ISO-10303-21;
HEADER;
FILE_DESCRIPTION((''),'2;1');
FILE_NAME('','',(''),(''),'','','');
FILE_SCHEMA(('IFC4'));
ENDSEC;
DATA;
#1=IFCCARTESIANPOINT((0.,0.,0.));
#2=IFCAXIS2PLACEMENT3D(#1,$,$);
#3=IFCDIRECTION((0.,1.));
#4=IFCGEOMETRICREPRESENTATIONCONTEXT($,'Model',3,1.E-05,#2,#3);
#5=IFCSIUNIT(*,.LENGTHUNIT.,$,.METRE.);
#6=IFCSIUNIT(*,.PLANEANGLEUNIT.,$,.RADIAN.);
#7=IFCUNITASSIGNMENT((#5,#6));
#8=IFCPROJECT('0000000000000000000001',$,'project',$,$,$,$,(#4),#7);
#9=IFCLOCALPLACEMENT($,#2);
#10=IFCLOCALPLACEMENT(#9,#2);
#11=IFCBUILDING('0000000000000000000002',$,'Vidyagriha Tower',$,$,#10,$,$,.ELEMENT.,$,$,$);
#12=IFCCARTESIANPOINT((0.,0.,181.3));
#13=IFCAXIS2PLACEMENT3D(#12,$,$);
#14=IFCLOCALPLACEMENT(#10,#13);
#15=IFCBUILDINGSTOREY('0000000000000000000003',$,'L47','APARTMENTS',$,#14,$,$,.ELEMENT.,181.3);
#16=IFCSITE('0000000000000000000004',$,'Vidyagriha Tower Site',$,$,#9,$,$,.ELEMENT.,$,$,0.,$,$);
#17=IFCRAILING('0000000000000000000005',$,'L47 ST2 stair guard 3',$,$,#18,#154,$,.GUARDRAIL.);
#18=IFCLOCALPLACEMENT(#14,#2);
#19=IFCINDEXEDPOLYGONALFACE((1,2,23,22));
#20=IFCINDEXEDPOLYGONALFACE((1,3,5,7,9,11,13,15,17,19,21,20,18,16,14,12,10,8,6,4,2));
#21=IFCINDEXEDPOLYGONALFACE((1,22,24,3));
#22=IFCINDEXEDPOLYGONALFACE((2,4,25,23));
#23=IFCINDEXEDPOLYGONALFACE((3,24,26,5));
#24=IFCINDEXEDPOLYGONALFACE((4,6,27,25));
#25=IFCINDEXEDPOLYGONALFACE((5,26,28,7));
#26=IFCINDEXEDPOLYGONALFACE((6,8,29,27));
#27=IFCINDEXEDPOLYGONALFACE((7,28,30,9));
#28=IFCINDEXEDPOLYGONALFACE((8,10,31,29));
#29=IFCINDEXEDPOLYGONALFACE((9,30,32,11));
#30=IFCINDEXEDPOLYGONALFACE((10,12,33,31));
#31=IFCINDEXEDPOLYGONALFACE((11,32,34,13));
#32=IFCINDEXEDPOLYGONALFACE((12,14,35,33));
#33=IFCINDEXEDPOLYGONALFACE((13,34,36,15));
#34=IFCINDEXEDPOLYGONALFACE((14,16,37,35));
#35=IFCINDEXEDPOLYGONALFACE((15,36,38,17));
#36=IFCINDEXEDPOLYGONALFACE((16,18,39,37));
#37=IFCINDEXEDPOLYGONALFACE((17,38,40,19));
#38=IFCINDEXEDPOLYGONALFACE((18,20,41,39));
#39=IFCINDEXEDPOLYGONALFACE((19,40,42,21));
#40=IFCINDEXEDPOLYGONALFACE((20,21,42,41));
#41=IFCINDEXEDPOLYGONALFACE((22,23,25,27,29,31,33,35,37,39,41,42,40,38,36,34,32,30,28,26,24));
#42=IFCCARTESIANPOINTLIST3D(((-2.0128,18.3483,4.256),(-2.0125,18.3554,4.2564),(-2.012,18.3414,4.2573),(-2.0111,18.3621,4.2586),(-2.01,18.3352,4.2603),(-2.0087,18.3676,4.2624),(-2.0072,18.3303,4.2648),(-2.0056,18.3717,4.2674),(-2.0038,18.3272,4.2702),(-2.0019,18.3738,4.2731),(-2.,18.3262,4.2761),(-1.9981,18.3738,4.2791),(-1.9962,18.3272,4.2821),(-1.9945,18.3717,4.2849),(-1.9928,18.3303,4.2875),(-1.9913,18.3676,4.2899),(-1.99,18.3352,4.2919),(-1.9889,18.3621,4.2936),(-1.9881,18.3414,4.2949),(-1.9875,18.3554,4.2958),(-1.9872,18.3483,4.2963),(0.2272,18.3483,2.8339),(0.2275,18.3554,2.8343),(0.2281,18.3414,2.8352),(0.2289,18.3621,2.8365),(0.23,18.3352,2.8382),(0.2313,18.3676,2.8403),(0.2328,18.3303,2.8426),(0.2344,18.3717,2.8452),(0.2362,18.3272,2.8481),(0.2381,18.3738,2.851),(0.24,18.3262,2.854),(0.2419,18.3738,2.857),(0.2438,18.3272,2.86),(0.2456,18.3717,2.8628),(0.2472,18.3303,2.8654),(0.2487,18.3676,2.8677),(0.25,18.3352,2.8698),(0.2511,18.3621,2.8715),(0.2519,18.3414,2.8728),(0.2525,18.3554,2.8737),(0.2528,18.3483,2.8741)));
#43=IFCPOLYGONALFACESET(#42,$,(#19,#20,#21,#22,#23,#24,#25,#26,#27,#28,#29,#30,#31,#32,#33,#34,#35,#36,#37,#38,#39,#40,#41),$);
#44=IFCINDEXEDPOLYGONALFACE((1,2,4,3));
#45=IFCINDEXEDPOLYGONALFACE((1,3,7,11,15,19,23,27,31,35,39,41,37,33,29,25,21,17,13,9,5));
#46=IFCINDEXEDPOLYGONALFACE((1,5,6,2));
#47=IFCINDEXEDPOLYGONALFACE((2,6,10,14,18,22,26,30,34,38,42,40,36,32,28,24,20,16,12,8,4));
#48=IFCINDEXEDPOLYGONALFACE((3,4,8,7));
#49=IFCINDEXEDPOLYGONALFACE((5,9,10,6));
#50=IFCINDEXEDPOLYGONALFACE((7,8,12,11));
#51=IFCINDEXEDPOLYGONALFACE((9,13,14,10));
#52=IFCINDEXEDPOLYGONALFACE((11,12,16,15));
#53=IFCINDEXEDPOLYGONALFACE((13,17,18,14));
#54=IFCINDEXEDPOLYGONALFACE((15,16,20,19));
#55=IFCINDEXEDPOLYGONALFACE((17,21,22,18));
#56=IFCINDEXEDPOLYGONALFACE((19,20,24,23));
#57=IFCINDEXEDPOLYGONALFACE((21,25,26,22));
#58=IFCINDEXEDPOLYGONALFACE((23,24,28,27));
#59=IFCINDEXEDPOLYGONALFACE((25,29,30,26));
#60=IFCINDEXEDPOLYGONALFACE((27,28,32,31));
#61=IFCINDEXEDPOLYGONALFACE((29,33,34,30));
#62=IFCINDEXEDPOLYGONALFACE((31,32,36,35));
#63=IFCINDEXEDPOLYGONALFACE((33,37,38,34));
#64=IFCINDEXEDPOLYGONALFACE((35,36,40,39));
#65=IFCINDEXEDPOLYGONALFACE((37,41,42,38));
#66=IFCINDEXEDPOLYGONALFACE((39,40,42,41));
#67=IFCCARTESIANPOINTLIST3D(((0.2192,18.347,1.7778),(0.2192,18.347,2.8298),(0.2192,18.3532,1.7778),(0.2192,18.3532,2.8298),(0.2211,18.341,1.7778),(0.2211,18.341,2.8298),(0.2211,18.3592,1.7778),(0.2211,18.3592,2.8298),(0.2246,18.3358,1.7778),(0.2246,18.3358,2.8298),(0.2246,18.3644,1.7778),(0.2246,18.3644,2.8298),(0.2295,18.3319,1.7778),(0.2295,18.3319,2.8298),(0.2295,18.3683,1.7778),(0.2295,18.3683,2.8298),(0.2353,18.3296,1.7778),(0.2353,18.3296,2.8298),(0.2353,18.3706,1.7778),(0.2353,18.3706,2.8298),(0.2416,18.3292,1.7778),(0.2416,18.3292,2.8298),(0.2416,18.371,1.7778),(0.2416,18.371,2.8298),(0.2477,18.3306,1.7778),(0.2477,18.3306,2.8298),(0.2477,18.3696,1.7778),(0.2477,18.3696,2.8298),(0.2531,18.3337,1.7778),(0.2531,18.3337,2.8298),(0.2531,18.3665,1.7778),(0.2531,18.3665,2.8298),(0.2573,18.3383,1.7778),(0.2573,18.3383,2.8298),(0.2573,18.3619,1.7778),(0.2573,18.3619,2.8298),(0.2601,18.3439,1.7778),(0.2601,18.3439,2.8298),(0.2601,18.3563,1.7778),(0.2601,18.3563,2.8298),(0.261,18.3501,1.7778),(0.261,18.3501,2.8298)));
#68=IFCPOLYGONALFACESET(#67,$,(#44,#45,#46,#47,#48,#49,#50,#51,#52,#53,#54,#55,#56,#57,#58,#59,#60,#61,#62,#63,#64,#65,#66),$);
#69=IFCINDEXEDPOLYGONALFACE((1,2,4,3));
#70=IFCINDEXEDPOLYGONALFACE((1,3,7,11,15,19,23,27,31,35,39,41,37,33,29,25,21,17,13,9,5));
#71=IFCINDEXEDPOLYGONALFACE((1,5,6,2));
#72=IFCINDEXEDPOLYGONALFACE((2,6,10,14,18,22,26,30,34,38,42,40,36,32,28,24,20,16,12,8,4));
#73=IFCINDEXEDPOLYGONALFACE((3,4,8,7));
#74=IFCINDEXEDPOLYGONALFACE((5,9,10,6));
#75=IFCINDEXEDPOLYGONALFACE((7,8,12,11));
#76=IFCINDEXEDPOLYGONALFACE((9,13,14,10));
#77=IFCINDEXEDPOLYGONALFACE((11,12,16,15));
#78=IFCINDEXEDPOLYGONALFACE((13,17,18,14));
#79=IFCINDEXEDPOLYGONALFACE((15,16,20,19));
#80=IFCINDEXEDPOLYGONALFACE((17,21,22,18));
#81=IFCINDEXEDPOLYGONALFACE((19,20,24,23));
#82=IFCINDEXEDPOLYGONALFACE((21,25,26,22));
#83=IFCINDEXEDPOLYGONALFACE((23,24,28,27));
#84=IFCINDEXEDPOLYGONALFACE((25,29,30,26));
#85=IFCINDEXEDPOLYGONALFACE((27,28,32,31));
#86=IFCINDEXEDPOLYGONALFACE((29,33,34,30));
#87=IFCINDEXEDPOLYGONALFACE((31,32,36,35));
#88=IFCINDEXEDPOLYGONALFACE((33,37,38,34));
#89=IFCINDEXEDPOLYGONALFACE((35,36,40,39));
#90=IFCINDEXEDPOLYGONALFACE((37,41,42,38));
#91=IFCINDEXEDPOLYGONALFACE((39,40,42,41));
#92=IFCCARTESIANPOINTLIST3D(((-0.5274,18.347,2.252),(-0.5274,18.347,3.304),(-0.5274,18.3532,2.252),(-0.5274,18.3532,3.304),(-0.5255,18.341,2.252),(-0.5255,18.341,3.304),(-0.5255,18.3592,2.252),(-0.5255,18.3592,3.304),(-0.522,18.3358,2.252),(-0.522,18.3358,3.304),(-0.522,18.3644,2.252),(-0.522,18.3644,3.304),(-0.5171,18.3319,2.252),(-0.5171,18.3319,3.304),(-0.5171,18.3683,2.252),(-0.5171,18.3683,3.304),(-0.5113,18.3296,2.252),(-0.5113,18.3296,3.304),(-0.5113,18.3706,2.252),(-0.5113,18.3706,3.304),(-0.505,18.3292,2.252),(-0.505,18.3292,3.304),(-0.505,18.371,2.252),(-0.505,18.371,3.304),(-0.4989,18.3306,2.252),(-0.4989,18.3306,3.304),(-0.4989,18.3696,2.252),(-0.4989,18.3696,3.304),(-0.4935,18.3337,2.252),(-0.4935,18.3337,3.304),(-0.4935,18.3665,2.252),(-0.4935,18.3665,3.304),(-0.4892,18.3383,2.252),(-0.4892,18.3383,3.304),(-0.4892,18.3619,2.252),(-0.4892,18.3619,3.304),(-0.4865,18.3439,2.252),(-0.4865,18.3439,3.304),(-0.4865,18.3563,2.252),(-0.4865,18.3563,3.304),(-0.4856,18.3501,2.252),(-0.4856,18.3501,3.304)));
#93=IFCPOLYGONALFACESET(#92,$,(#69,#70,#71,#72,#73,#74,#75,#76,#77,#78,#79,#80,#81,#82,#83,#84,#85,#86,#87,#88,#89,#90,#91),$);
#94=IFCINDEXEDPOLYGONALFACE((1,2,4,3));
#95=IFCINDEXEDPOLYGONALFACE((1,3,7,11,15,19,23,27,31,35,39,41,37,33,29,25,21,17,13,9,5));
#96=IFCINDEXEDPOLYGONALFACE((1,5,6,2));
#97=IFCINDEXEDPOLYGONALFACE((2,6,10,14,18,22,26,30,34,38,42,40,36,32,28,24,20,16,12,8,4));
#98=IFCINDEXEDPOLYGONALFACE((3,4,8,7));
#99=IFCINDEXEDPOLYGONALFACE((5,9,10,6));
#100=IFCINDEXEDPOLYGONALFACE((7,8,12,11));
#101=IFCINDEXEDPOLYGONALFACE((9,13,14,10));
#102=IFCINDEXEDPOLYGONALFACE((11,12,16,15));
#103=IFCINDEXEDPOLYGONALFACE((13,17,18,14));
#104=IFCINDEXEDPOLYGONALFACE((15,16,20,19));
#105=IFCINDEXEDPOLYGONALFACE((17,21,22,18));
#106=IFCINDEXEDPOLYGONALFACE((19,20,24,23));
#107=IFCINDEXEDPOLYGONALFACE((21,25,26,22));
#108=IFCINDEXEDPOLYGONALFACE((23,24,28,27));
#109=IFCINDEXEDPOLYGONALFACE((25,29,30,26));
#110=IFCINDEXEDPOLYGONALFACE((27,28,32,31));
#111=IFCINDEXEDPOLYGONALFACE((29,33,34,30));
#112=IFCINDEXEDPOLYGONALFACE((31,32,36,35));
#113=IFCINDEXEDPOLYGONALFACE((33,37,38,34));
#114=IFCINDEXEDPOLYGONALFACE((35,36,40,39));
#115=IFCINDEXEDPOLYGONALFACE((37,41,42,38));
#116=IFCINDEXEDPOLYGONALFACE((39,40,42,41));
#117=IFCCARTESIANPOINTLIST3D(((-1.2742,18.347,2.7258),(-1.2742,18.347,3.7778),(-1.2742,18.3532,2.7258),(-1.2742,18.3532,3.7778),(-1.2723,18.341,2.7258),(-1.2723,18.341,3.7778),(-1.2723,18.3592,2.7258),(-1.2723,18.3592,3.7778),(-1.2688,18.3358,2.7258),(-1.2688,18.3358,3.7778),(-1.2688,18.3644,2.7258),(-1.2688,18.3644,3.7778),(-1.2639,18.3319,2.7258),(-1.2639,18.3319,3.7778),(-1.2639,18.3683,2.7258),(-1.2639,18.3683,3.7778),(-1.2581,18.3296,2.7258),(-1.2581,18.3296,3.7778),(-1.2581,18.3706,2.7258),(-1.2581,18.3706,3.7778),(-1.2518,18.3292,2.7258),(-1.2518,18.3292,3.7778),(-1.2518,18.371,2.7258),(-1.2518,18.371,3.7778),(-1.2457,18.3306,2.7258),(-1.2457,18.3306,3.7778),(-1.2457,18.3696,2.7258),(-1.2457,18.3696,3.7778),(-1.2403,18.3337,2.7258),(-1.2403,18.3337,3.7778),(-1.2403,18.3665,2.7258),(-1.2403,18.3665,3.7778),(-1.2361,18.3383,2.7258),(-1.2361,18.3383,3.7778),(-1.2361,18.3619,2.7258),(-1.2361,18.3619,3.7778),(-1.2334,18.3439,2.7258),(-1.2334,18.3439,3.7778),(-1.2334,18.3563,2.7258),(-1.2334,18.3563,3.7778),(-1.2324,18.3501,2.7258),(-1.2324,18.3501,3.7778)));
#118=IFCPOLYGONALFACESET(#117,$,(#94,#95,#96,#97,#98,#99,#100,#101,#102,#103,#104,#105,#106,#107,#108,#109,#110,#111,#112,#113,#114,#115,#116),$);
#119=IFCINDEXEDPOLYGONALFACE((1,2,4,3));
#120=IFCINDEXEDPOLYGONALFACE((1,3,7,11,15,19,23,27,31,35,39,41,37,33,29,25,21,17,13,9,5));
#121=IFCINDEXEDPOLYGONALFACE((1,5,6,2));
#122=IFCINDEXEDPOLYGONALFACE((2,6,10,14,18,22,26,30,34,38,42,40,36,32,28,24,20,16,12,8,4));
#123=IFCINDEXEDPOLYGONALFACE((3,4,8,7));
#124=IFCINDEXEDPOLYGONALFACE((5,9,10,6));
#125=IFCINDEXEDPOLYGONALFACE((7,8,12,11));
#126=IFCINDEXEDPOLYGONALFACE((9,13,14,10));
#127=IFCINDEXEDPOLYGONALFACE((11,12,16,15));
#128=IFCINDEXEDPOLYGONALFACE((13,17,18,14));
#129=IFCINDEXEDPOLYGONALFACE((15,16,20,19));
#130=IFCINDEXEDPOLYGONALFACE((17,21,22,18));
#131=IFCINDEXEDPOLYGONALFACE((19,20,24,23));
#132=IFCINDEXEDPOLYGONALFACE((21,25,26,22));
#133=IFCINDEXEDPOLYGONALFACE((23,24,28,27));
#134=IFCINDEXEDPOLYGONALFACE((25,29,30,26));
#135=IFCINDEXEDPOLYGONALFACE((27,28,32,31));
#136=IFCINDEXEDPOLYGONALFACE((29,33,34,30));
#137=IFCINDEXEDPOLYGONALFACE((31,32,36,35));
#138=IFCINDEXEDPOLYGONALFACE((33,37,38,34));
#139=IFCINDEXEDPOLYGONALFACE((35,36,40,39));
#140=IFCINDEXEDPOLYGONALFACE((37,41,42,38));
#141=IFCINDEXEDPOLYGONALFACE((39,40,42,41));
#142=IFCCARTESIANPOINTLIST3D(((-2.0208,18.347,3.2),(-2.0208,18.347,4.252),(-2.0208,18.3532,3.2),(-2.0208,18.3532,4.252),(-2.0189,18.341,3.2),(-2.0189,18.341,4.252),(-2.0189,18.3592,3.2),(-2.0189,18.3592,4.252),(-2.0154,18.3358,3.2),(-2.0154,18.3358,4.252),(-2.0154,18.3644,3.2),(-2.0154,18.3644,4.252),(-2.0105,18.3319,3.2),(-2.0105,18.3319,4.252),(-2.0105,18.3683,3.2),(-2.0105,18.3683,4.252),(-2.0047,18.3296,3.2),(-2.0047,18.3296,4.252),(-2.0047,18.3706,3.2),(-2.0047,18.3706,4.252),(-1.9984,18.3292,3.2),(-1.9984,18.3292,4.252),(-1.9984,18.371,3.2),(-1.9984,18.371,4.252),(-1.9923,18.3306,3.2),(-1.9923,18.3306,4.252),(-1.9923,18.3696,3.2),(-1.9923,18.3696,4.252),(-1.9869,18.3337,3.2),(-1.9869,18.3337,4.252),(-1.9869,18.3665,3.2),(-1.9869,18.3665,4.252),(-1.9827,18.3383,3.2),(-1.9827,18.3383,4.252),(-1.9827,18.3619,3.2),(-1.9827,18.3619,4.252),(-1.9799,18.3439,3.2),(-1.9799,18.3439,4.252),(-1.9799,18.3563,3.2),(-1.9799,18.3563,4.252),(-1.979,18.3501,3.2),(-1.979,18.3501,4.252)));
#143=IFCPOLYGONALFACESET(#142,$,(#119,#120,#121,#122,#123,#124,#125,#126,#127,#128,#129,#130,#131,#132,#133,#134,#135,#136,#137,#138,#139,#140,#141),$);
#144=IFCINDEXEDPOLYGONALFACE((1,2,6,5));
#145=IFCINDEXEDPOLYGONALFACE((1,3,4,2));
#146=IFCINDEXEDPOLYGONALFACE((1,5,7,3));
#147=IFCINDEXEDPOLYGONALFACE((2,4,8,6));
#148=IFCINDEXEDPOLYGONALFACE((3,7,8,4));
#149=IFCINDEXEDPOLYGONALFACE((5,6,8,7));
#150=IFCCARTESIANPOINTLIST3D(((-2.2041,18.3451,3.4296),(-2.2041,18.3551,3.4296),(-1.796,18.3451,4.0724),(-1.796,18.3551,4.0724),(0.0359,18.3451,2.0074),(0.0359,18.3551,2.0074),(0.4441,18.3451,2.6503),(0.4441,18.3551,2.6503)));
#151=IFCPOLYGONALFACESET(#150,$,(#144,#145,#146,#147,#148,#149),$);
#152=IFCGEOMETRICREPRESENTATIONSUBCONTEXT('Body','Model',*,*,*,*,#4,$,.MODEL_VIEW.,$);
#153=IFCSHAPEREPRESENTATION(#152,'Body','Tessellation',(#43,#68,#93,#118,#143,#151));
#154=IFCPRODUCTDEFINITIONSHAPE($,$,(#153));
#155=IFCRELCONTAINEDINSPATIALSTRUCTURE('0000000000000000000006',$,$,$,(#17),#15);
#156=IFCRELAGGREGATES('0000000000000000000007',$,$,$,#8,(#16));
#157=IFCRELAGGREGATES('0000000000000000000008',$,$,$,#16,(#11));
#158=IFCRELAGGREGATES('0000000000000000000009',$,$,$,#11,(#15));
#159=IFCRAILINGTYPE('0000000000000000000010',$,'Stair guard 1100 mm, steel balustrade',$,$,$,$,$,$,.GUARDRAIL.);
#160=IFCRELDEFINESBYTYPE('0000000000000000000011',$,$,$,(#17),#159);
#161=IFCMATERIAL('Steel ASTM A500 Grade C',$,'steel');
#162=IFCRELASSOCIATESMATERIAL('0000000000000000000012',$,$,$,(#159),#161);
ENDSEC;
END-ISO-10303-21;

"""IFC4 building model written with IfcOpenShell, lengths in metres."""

from ifc_helpers import new_model, si_unit, direction, frame, origin, origin_2d, place, context, subcontext, project, spatial, rectangle, circle, extrude, material, type_object, element, save


model = new_model("IFC4")

# Units and contexts
model_context = context("Model", 3, precision=1e-05, world=origin(), true_north=direction((0.0, 1.0)))
body_context = subcontext(model_context, "Body", "Model", "MODEL_VIEW")
ifc_project = project(units=[si_unit("LENGTHUNIT", "METRE"), si_unit("PLANEANGLEUNIT", "RADIAN")], contexts=[model_context])

# Site, building, storey
site_placement = place(None, origin())
site = spatial("IfcSite", under=ifc_project, at=site_placement, Name="Vidyagriha Tower Site", CompositionType="ELEMENT", RefElevation=0.0)
building_placement = place(site_placement, origin())
building = spatial("IfcBuilding", under=site, at=building_placement, Name="Vidyagriha Tower", CompositionType="ELEMENT")
storey_placement = place(building_placement, frame((0.0, 0.0, 181.3)))
storey = spatial("IfcBuildingStorey", under=building, at=storey_placement, Name="L47", Description="APARTMENTS", CompositionType="ELEMENT", Elevation=181.3)

# Railing
ifc_material_1 = material(Name="Steel ASTM A500 Grade C", Category="steel")
railing_type_1 = type_object("IfcRailingType", Name="Stair guard 1100 mm, steel balustrade", PredefinedType="GUARDRAIL", material=ifc_material_1)
railing_1_placement = place(storey_placement, frame((0.24, 18.3501, 1.7778)))
element("IfcRailing", 1, at=railing_1_placement, inside=storey, type_object=railing_type_1, Name="L47 ST2 stair guard 3", PredefinedType="GUARDRAIL", context=body_context, shape_type="SweptSolid", body=[
    extrude(circle(Radius=0.0239, at=origin_2d()), frame((0.0, 0.0, 1.0762), z_axis=(-0.844229, 0.0, 0.535982), x_axis=(0.0, -1.0, 0.0)), (0.0, 0.0, 1.0), 2.6533),
    extrude(circle(Radius=0.021, at=origin_2d()), origin(), (0.0, 0.0, 1.0), 1.052),
    extrude(circle(Radius=0.021, at=origin_2d()), frame((-0.7466, 0.0, 0.4741)), (0.0, 0.0, 1.0), 1.052),
    extrude(circle(Radius=0.021, at=origin_2d()), frame((-1.4934, 0.0, 0.948)), (0.0, 0.0, 1.0), 1.052),
    extrude(circle(Radius=0.021, at=origin_2d()), frame((-2.24, 0.0, 1.4221)), (0.0, 0.0, 1.0), 1.052),
    extrude(rectangle(XDim=0.01, YDim=0.7615, at=origin_2d()), frame((0.0, 0.0, 0.551), z_axis=(-0.844229, 0.0, 0.535982), x_axis=(0.0, -1.0, 0.0)), (0.0, 0.0, 1.0), 2.6533),
])

save(model, "model.ifc")
